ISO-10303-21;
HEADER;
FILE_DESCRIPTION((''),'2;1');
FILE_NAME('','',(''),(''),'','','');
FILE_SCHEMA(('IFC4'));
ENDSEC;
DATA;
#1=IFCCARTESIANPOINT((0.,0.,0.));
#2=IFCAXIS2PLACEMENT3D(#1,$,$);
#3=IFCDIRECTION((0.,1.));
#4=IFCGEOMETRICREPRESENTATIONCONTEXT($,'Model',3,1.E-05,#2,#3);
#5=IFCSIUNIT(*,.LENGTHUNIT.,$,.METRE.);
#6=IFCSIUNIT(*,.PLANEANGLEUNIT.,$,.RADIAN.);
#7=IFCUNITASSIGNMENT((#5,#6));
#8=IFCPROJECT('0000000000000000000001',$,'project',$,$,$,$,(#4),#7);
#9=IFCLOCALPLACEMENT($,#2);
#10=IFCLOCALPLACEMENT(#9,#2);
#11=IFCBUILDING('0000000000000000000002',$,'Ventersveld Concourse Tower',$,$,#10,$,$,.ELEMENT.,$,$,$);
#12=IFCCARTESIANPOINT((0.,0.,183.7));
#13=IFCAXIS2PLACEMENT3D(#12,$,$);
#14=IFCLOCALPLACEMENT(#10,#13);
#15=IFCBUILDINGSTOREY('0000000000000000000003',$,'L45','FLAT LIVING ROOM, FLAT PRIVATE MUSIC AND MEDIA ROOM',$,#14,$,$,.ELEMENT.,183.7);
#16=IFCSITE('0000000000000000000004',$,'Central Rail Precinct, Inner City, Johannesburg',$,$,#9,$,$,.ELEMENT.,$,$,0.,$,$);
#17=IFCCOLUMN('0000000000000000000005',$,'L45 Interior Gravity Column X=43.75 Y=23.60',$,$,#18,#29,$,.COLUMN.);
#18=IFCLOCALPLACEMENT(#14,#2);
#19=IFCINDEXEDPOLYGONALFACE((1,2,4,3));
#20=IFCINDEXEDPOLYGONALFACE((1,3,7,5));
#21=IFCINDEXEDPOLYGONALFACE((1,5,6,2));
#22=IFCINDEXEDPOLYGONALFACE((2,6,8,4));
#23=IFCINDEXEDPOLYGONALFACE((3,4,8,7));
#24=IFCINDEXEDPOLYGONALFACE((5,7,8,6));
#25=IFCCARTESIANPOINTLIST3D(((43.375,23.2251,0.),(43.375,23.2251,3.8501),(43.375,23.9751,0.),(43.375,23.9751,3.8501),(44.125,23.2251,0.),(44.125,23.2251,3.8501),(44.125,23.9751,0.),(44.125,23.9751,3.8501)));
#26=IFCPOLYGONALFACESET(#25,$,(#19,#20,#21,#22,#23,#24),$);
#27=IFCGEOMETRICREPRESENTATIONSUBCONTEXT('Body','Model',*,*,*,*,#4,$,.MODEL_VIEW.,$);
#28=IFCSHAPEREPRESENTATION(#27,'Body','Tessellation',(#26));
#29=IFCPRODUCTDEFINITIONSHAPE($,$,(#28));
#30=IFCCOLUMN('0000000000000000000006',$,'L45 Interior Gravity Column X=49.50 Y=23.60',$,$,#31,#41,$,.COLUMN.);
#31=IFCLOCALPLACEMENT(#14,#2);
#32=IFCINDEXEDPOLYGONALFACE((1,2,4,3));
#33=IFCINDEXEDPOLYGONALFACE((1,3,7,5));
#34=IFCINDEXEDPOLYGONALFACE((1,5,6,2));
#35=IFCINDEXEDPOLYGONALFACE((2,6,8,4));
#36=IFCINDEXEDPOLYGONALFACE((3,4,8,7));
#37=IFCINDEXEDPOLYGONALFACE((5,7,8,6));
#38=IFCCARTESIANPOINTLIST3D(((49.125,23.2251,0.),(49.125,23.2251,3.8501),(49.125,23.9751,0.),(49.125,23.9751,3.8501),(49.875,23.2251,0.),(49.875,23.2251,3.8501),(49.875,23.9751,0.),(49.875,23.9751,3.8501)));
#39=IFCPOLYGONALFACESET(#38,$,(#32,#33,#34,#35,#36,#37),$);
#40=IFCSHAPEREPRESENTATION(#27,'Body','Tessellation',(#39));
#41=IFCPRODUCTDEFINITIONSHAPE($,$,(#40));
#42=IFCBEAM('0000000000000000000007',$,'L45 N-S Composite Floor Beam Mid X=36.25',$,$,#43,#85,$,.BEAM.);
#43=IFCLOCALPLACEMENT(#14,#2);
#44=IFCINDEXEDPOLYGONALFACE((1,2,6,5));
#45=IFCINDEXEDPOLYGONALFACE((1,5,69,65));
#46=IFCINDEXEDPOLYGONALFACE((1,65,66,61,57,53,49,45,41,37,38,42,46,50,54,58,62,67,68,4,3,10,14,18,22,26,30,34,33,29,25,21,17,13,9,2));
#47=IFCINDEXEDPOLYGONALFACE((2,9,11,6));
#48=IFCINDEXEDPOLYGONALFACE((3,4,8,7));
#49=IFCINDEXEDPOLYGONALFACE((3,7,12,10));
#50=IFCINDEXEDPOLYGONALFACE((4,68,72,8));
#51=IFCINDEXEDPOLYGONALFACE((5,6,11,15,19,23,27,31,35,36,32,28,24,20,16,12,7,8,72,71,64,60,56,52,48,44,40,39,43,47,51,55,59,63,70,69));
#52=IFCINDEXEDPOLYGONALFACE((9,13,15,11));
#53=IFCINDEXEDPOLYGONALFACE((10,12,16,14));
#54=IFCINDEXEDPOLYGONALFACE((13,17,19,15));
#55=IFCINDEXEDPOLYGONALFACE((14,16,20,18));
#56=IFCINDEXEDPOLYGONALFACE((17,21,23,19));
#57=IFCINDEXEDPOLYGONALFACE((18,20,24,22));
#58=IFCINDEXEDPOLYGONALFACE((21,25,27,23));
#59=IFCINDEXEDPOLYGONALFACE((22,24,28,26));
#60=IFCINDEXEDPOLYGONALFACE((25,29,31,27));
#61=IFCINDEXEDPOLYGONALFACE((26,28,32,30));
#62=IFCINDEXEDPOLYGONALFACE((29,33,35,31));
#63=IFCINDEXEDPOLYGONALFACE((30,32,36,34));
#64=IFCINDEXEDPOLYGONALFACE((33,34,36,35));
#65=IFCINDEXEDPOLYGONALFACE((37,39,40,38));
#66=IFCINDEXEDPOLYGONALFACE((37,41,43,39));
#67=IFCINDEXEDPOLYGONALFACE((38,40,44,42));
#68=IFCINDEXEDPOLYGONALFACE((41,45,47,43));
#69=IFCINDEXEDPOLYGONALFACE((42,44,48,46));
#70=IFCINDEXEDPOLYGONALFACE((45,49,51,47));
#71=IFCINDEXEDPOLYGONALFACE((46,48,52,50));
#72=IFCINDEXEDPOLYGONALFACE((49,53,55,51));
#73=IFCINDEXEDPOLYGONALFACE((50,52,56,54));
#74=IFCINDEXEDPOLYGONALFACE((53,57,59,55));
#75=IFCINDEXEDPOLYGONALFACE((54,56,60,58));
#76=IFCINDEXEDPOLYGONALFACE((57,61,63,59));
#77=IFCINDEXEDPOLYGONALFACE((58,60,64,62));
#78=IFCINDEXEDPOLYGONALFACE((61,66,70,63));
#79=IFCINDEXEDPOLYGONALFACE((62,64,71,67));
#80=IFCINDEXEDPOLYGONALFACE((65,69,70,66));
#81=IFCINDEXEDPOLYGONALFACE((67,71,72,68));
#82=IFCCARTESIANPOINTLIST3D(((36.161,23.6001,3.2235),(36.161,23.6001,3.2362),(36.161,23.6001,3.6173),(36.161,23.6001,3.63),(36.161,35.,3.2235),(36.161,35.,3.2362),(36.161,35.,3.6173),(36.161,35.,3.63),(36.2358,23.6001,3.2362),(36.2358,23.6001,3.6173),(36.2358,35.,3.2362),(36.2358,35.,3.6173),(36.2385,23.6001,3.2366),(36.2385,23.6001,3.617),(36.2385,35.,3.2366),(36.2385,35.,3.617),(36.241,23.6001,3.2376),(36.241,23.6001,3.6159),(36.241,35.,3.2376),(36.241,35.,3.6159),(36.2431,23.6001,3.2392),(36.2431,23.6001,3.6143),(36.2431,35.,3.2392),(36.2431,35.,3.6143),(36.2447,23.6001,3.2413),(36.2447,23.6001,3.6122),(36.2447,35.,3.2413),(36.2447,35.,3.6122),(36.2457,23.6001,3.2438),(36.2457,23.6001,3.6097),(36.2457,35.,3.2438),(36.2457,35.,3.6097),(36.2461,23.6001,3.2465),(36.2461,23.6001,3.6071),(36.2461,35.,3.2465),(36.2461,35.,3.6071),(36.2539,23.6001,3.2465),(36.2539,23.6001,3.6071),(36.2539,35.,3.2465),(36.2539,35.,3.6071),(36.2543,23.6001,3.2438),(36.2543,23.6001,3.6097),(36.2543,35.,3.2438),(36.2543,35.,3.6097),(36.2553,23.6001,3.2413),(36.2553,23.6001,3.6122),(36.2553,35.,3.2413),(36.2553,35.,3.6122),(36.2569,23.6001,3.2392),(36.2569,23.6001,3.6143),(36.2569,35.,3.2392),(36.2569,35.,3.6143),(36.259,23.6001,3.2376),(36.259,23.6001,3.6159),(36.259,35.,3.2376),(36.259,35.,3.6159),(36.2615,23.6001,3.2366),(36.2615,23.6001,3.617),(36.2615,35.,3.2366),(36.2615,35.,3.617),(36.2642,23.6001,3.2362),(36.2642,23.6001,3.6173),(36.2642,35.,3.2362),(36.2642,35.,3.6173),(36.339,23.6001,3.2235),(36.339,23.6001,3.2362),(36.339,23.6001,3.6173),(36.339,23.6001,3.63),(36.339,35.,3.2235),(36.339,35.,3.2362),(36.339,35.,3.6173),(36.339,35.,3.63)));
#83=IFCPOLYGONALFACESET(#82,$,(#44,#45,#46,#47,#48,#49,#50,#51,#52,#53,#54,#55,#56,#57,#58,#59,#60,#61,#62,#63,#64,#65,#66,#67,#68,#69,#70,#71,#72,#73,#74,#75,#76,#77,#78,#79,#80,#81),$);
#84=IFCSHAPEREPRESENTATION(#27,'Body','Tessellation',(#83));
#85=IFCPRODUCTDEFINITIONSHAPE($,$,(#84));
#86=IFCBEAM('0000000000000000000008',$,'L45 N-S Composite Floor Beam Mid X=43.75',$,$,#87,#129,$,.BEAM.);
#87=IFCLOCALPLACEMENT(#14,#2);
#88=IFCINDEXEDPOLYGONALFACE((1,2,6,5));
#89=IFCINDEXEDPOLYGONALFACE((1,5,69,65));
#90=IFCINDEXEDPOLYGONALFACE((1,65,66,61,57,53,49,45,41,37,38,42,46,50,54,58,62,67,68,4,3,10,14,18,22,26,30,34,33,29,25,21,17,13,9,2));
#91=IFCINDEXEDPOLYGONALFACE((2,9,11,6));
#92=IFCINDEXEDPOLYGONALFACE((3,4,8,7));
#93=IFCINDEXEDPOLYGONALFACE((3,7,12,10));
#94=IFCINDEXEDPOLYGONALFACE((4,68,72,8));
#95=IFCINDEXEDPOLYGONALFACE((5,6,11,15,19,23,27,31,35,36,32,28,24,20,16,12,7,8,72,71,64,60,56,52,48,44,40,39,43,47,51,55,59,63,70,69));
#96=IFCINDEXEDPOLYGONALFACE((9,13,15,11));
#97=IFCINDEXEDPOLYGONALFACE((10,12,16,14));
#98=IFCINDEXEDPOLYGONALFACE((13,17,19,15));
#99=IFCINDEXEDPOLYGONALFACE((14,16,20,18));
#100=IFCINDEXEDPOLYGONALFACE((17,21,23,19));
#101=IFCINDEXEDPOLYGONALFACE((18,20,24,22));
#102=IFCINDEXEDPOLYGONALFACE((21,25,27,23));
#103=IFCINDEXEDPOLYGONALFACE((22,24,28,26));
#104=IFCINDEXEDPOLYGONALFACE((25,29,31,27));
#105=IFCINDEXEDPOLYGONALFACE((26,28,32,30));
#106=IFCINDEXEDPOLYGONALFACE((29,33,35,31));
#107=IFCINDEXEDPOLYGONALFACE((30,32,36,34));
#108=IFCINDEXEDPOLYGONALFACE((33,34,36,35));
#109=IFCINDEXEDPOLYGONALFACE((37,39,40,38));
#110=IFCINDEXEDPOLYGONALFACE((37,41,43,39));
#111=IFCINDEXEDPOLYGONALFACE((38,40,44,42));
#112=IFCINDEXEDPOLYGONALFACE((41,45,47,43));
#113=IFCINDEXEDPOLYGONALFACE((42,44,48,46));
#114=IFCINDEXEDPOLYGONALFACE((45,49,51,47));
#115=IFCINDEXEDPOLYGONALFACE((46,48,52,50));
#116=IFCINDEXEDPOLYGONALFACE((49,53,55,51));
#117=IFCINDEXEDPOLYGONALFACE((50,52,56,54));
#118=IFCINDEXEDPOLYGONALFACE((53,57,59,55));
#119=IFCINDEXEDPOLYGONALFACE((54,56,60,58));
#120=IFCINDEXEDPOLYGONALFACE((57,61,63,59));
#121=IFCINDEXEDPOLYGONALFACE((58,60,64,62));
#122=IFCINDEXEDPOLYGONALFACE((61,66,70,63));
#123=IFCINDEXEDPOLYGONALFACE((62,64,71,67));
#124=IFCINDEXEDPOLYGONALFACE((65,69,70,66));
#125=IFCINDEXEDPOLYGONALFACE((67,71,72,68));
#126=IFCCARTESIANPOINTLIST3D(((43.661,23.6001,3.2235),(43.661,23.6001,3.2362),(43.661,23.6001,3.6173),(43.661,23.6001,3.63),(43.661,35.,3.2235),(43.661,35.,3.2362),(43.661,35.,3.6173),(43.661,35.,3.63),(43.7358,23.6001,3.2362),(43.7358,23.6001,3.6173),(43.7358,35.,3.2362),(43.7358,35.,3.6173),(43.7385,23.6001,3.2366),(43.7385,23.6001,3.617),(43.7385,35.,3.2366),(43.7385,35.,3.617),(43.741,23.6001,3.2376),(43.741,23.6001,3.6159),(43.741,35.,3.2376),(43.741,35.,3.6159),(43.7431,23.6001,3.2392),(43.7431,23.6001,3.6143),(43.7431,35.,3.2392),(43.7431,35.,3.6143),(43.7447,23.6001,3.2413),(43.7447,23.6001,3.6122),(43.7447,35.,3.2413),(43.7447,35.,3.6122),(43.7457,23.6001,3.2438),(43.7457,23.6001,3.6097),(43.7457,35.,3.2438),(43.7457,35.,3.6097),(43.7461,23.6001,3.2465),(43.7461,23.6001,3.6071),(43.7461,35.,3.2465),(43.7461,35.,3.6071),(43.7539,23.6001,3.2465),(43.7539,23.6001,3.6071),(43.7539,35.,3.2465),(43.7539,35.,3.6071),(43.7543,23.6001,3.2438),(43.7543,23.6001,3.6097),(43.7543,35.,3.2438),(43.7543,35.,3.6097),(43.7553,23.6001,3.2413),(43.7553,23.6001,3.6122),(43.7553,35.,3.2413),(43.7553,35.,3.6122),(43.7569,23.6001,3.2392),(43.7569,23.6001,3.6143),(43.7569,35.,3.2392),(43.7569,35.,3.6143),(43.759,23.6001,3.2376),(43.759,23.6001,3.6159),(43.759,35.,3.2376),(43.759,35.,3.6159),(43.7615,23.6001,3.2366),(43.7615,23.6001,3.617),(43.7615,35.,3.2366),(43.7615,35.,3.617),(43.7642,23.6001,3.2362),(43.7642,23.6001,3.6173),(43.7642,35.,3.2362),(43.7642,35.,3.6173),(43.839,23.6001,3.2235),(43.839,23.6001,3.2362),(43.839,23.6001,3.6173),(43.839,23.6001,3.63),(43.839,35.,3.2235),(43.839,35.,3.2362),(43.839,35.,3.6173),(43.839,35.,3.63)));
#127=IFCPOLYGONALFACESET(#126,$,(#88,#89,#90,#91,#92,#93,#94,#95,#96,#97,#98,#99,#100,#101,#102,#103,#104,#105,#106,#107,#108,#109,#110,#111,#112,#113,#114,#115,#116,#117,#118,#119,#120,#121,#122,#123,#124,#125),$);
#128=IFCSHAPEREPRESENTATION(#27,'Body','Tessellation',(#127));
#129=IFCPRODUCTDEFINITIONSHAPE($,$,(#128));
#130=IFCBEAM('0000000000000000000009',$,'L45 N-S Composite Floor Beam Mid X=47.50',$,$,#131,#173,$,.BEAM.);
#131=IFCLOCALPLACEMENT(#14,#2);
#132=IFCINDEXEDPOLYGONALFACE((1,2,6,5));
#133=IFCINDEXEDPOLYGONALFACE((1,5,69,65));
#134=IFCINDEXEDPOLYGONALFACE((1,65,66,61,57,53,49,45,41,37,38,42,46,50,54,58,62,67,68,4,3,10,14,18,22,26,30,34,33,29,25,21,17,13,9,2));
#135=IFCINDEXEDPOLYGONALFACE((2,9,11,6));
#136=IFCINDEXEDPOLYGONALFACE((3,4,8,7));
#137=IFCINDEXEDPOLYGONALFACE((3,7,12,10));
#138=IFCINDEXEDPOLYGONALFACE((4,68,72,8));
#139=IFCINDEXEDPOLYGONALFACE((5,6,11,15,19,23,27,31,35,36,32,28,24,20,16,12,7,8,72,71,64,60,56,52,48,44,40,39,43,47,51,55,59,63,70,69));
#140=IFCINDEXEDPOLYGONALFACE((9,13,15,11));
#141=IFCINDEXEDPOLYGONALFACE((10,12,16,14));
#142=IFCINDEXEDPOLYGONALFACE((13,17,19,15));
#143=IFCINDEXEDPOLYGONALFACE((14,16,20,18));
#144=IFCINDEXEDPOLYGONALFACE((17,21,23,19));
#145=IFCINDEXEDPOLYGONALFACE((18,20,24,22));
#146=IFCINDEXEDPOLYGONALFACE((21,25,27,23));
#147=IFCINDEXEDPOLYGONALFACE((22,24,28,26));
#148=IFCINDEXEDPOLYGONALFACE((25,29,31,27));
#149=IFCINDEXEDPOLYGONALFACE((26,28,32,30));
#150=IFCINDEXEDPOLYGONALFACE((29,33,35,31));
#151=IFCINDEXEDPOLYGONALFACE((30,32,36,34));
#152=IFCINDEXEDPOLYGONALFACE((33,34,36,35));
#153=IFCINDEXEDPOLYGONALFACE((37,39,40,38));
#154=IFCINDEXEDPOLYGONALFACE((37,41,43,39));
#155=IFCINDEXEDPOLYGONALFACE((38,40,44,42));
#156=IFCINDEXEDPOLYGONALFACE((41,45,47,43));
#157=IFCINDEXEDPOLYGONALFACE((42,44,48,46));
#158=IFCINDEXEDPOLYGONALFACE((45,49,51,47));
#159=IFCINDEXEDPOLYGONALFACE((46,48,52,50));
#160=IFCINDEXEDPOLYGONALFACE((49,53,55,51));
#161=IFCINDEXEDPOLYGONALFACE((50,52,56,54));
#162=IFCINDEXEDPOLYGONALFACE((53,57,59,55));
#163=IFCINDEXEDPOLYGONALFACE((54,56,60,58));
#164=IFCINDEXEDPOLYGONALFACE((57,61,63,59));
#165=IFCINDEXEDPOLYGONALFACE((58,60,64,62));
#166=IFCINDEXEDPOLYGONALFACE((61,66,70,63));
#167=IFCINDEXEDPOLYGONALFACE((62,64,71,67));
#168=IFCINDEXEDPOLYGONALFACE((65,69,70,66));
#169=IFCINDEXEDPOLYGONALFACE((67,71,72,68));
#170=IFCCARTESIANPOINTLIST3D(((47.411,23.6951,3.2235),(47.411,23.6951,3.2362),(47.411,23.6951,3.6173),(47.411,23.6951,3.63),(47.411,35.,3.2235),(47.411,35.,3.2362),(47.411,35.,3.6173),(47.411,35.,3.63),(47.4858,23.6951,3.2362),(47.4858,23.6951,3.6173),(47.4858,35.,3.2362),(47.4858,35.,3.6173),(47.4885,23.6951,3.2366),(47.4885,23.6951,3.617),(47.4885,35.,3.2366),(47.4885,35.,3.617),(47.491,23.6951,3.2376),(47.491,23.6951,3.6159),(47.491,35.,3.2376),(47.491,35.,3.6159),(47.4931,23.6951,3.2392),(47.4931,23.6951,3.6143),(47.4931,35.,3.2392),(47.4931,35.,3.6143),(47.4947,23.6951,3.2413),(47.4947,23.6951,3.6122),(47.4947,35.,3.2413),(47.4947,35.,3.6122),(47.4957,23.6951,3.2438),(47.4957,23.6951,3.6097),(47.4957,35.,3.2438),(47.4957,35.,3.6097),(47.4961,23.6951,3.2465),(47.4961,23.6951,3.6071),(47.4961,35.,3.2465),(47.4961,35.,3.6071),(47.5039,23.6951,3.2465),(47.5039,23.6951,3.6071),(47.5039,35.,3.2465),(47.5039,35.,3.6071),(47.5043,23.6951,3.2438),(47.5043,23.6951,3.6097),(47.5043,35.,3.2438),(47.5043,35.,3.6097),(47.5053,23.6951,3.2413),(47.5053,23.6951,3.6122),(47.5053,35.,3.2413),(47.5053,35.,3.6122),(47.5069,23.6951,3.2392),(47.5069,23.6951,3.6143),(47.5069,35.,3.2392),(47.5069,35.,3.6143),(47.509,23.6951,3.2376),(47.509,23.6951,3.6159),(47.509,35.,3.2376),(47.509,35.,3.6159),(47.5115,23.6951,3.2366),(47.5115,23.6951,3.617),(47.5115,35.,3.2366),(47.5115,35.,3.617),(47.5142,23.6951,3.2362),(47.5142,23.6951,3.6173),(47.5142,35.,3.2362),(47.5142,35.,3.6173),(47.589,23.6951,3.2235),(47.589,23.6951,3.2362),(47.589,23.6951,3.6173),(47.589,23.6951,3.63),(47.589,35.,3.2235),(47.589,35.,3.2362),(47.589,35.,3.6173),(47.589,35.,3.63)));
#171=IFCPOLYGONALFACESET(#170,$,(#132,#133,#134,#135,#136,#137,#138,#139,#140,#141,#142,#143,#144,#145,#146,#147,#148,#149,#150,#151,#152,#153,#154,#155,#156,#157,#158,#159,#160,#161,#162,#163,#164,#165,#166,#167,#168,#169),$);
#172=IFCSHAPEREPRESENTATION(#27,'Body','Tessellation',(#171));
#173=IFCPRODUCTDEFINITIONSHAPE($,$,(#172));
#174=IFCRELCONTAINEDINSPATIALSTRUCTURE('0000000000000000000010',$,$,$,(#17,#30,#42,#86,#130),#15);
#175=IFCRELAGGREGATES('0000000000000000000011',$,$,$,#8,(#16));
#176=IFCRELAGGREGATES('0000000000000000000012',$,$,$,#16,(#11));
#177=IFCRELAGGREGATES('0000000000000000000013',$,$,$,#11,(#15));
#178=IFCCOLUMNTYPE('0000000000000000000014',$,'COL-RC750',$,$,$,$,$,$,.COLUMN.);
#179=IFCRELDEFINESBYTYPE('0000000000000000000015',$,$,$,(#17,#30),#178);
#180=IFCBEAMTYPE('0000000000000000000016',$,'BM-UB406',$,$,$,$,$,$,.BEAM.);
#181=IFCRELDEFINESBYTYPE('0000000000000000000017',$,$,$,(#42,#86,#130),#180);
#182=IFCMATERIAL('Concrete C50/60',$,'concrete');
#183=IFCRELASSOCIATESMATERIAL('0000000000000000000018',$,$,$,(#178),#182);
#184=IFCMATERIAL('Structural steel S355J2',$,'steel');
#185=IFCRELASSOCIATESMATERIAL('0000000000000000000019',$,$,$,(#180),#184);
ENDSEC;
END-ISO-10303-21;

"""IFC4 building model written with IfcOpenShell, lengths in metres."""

from ifc_helpers import new_model, si_unit, direction, frame, origin, origin_2d, place, context, subcontext, project, spatial, rectangle, i_section, extrude, material, material_profile, profile_set, type_object, element, save


model = new_model("IFC4")

# Units and contexts
model_context = context("Model", 3, precision=1e-05, world=origin(), true_north=direction((0.0, 1.0)))
body_context = subcontext(model_context, "Body", "Model", "MODEL_VIEW")
ifc_project = project(units=[si_unit("LENGTHUNIT", "METRE"), si_unit("PLANEANGLEUNIT", "RADIAN")], contexts=[model_context])

# Site, building, storey
site_placement = place(None, origin())
site = spatial("IfcSite", under=ifc_project, at=site_placement, Name="Central Rail Precinct, Inner City, Johannesburg", CompositionType="ELEMENT", RefElevation=0.0)
building_placement = place(site_placement, origin())
building = spatial("IfcBuilding", under=site, at=building_placement, Name="Ventersveld Concourse Tower", CompositionType="ELEMENT")
storey_placement = place(building_placement, frame((0.0, 0.0, 183.7)))
storey = spatial("IfcBuildingStorey", under=building, at=storey_placement, Name="L45", Description="FLAT LIVING ROOM, FLAT PRIVATE MUSIC AND MEDIA ROOM", CompositionType="ELEMENT", Elevation=183.7)

# Columns
ifc_material_1 = material(Name="Concrete C50/60", Category="concrete")
ifc_material_profile_1 = material_profile(ifc_material_1, rectangle(XDim=0.75, YDim=0.75, at=origin_2d()), Name="RC 750x750")
ifc_profile_set_1 = profile_set([ifc_material_profile_1], Name="Concrete C50/60")
column_type = type_object("IfcColumnType", Name="COL-RC750", PredefinedType="COLUMN", material=ifc_profile_set_1)
for number, where, z_axis, x_axis, name in (
    (1, (43.75, 23.6001, 0.0), (0.0, 0.0, 1.0), (1.0, 0.0, 0.0), "L45 Interior Gravity Column X=43.75 Y=23.60"),
    (2, (49.5, 23.6001, 0.0), (0.0, 0.0, 1.0), (1.0, 0.0, 0.0), "L45 Interior Gravity Column X=49.50 Y=23.60"),
):
    element("IfcColumn", number, at=place(storey_placement, frame(where, z_axis=z_axis, x_axis=x_axis)), inside=storey, type_object=column_type, Name=name, PredefinedType="COLUMN", context=body_context, shape_type="SweptSolid", body=[
        extrude(rectangle(XDim=0.75, YDim=0.75, at=origin_2d()), origin(), (0.0, 0.0, 1.0), 3.8501),
    ])

# Beams
ifc_material_2 = material(Name="Structural steel S355J2", Category="steel")
ifc_material_profile_2 = material_profile(ifc_material_2, i_section(OverallWidth=0.178, OverallDepth=0.4065, WebThickness=0.0078, FlangeThickness=0.0127, FilletRadius=0.0103, at=origin_2d()), Name="UB 406x178x60")
ifc_profile_set_2 = profile_set([ifc_material_profile_2], Name="Structural steel S355J2")
beam_type_1 = type_object("IfcBeamType", Name="BM-UB406", PredefinedType="BEAM", material=ifc_profile_set_2)
for number, where, z_axis, x_axis, name in (
    (3, (36.25, 23.6001, 3.4268), (0.0, 1.0, 0.0), (-1.0, 0.0, 0.0), "L45 N-S Composite Floor Beam Mid X=36.25"),
    (4, (43.75, 23.6001, 3.4268), (0.0, 1.0, 0.0), (-1.0, 0.0, 0.0), "L45 N-S Composite Floor Beam Mid X=43.75"),
):
    element("IfcBeam", number, at=place(storey_placement, frame(where, z_axis=z_axis, x_axis=x_axis)), inside=storey, type_object=beam_type_1, Name=name, PredefinedType="BEAM", context=body_context, shape_type="SweptSolid", body=[
        extrude(i_section(OverallWidth=0.178, OverallDepth=0.4065, WebThickness=0.0078, FlangeThickness=0.0127, FilletRadius=0.0103, at=origin_2d()), origin(), (0.0, 0.0, 1.0), 11.3999),
    ])
beam_1_placement = place(storey_placement, frame((47.5, 23.6951, 3.4268), z_axis=(0.0, 1.0, 0.0), x_axis=(-1.0, 0.0, 0.0)))
element("IfcBeam", 5, at=beam_1_placement, inside=storey, type_object=beam_type_1, Name="L45 N-S Composite Floor Beam Mid X=47.50", PredefinedType="BEAM", context=body_context, shape_type="SweptSolid", body=[
    extrude(i_section(OverallWidth=0.178, OverallDepth=0.4065, WebThickness=0.0078, FlangeThickness=0.0127, FilletRadius=0.0103, at=origin_2d()), origin(), (0.0, 0.0, 1.0), 11.3049),
])

save(model, "model.ifc")
